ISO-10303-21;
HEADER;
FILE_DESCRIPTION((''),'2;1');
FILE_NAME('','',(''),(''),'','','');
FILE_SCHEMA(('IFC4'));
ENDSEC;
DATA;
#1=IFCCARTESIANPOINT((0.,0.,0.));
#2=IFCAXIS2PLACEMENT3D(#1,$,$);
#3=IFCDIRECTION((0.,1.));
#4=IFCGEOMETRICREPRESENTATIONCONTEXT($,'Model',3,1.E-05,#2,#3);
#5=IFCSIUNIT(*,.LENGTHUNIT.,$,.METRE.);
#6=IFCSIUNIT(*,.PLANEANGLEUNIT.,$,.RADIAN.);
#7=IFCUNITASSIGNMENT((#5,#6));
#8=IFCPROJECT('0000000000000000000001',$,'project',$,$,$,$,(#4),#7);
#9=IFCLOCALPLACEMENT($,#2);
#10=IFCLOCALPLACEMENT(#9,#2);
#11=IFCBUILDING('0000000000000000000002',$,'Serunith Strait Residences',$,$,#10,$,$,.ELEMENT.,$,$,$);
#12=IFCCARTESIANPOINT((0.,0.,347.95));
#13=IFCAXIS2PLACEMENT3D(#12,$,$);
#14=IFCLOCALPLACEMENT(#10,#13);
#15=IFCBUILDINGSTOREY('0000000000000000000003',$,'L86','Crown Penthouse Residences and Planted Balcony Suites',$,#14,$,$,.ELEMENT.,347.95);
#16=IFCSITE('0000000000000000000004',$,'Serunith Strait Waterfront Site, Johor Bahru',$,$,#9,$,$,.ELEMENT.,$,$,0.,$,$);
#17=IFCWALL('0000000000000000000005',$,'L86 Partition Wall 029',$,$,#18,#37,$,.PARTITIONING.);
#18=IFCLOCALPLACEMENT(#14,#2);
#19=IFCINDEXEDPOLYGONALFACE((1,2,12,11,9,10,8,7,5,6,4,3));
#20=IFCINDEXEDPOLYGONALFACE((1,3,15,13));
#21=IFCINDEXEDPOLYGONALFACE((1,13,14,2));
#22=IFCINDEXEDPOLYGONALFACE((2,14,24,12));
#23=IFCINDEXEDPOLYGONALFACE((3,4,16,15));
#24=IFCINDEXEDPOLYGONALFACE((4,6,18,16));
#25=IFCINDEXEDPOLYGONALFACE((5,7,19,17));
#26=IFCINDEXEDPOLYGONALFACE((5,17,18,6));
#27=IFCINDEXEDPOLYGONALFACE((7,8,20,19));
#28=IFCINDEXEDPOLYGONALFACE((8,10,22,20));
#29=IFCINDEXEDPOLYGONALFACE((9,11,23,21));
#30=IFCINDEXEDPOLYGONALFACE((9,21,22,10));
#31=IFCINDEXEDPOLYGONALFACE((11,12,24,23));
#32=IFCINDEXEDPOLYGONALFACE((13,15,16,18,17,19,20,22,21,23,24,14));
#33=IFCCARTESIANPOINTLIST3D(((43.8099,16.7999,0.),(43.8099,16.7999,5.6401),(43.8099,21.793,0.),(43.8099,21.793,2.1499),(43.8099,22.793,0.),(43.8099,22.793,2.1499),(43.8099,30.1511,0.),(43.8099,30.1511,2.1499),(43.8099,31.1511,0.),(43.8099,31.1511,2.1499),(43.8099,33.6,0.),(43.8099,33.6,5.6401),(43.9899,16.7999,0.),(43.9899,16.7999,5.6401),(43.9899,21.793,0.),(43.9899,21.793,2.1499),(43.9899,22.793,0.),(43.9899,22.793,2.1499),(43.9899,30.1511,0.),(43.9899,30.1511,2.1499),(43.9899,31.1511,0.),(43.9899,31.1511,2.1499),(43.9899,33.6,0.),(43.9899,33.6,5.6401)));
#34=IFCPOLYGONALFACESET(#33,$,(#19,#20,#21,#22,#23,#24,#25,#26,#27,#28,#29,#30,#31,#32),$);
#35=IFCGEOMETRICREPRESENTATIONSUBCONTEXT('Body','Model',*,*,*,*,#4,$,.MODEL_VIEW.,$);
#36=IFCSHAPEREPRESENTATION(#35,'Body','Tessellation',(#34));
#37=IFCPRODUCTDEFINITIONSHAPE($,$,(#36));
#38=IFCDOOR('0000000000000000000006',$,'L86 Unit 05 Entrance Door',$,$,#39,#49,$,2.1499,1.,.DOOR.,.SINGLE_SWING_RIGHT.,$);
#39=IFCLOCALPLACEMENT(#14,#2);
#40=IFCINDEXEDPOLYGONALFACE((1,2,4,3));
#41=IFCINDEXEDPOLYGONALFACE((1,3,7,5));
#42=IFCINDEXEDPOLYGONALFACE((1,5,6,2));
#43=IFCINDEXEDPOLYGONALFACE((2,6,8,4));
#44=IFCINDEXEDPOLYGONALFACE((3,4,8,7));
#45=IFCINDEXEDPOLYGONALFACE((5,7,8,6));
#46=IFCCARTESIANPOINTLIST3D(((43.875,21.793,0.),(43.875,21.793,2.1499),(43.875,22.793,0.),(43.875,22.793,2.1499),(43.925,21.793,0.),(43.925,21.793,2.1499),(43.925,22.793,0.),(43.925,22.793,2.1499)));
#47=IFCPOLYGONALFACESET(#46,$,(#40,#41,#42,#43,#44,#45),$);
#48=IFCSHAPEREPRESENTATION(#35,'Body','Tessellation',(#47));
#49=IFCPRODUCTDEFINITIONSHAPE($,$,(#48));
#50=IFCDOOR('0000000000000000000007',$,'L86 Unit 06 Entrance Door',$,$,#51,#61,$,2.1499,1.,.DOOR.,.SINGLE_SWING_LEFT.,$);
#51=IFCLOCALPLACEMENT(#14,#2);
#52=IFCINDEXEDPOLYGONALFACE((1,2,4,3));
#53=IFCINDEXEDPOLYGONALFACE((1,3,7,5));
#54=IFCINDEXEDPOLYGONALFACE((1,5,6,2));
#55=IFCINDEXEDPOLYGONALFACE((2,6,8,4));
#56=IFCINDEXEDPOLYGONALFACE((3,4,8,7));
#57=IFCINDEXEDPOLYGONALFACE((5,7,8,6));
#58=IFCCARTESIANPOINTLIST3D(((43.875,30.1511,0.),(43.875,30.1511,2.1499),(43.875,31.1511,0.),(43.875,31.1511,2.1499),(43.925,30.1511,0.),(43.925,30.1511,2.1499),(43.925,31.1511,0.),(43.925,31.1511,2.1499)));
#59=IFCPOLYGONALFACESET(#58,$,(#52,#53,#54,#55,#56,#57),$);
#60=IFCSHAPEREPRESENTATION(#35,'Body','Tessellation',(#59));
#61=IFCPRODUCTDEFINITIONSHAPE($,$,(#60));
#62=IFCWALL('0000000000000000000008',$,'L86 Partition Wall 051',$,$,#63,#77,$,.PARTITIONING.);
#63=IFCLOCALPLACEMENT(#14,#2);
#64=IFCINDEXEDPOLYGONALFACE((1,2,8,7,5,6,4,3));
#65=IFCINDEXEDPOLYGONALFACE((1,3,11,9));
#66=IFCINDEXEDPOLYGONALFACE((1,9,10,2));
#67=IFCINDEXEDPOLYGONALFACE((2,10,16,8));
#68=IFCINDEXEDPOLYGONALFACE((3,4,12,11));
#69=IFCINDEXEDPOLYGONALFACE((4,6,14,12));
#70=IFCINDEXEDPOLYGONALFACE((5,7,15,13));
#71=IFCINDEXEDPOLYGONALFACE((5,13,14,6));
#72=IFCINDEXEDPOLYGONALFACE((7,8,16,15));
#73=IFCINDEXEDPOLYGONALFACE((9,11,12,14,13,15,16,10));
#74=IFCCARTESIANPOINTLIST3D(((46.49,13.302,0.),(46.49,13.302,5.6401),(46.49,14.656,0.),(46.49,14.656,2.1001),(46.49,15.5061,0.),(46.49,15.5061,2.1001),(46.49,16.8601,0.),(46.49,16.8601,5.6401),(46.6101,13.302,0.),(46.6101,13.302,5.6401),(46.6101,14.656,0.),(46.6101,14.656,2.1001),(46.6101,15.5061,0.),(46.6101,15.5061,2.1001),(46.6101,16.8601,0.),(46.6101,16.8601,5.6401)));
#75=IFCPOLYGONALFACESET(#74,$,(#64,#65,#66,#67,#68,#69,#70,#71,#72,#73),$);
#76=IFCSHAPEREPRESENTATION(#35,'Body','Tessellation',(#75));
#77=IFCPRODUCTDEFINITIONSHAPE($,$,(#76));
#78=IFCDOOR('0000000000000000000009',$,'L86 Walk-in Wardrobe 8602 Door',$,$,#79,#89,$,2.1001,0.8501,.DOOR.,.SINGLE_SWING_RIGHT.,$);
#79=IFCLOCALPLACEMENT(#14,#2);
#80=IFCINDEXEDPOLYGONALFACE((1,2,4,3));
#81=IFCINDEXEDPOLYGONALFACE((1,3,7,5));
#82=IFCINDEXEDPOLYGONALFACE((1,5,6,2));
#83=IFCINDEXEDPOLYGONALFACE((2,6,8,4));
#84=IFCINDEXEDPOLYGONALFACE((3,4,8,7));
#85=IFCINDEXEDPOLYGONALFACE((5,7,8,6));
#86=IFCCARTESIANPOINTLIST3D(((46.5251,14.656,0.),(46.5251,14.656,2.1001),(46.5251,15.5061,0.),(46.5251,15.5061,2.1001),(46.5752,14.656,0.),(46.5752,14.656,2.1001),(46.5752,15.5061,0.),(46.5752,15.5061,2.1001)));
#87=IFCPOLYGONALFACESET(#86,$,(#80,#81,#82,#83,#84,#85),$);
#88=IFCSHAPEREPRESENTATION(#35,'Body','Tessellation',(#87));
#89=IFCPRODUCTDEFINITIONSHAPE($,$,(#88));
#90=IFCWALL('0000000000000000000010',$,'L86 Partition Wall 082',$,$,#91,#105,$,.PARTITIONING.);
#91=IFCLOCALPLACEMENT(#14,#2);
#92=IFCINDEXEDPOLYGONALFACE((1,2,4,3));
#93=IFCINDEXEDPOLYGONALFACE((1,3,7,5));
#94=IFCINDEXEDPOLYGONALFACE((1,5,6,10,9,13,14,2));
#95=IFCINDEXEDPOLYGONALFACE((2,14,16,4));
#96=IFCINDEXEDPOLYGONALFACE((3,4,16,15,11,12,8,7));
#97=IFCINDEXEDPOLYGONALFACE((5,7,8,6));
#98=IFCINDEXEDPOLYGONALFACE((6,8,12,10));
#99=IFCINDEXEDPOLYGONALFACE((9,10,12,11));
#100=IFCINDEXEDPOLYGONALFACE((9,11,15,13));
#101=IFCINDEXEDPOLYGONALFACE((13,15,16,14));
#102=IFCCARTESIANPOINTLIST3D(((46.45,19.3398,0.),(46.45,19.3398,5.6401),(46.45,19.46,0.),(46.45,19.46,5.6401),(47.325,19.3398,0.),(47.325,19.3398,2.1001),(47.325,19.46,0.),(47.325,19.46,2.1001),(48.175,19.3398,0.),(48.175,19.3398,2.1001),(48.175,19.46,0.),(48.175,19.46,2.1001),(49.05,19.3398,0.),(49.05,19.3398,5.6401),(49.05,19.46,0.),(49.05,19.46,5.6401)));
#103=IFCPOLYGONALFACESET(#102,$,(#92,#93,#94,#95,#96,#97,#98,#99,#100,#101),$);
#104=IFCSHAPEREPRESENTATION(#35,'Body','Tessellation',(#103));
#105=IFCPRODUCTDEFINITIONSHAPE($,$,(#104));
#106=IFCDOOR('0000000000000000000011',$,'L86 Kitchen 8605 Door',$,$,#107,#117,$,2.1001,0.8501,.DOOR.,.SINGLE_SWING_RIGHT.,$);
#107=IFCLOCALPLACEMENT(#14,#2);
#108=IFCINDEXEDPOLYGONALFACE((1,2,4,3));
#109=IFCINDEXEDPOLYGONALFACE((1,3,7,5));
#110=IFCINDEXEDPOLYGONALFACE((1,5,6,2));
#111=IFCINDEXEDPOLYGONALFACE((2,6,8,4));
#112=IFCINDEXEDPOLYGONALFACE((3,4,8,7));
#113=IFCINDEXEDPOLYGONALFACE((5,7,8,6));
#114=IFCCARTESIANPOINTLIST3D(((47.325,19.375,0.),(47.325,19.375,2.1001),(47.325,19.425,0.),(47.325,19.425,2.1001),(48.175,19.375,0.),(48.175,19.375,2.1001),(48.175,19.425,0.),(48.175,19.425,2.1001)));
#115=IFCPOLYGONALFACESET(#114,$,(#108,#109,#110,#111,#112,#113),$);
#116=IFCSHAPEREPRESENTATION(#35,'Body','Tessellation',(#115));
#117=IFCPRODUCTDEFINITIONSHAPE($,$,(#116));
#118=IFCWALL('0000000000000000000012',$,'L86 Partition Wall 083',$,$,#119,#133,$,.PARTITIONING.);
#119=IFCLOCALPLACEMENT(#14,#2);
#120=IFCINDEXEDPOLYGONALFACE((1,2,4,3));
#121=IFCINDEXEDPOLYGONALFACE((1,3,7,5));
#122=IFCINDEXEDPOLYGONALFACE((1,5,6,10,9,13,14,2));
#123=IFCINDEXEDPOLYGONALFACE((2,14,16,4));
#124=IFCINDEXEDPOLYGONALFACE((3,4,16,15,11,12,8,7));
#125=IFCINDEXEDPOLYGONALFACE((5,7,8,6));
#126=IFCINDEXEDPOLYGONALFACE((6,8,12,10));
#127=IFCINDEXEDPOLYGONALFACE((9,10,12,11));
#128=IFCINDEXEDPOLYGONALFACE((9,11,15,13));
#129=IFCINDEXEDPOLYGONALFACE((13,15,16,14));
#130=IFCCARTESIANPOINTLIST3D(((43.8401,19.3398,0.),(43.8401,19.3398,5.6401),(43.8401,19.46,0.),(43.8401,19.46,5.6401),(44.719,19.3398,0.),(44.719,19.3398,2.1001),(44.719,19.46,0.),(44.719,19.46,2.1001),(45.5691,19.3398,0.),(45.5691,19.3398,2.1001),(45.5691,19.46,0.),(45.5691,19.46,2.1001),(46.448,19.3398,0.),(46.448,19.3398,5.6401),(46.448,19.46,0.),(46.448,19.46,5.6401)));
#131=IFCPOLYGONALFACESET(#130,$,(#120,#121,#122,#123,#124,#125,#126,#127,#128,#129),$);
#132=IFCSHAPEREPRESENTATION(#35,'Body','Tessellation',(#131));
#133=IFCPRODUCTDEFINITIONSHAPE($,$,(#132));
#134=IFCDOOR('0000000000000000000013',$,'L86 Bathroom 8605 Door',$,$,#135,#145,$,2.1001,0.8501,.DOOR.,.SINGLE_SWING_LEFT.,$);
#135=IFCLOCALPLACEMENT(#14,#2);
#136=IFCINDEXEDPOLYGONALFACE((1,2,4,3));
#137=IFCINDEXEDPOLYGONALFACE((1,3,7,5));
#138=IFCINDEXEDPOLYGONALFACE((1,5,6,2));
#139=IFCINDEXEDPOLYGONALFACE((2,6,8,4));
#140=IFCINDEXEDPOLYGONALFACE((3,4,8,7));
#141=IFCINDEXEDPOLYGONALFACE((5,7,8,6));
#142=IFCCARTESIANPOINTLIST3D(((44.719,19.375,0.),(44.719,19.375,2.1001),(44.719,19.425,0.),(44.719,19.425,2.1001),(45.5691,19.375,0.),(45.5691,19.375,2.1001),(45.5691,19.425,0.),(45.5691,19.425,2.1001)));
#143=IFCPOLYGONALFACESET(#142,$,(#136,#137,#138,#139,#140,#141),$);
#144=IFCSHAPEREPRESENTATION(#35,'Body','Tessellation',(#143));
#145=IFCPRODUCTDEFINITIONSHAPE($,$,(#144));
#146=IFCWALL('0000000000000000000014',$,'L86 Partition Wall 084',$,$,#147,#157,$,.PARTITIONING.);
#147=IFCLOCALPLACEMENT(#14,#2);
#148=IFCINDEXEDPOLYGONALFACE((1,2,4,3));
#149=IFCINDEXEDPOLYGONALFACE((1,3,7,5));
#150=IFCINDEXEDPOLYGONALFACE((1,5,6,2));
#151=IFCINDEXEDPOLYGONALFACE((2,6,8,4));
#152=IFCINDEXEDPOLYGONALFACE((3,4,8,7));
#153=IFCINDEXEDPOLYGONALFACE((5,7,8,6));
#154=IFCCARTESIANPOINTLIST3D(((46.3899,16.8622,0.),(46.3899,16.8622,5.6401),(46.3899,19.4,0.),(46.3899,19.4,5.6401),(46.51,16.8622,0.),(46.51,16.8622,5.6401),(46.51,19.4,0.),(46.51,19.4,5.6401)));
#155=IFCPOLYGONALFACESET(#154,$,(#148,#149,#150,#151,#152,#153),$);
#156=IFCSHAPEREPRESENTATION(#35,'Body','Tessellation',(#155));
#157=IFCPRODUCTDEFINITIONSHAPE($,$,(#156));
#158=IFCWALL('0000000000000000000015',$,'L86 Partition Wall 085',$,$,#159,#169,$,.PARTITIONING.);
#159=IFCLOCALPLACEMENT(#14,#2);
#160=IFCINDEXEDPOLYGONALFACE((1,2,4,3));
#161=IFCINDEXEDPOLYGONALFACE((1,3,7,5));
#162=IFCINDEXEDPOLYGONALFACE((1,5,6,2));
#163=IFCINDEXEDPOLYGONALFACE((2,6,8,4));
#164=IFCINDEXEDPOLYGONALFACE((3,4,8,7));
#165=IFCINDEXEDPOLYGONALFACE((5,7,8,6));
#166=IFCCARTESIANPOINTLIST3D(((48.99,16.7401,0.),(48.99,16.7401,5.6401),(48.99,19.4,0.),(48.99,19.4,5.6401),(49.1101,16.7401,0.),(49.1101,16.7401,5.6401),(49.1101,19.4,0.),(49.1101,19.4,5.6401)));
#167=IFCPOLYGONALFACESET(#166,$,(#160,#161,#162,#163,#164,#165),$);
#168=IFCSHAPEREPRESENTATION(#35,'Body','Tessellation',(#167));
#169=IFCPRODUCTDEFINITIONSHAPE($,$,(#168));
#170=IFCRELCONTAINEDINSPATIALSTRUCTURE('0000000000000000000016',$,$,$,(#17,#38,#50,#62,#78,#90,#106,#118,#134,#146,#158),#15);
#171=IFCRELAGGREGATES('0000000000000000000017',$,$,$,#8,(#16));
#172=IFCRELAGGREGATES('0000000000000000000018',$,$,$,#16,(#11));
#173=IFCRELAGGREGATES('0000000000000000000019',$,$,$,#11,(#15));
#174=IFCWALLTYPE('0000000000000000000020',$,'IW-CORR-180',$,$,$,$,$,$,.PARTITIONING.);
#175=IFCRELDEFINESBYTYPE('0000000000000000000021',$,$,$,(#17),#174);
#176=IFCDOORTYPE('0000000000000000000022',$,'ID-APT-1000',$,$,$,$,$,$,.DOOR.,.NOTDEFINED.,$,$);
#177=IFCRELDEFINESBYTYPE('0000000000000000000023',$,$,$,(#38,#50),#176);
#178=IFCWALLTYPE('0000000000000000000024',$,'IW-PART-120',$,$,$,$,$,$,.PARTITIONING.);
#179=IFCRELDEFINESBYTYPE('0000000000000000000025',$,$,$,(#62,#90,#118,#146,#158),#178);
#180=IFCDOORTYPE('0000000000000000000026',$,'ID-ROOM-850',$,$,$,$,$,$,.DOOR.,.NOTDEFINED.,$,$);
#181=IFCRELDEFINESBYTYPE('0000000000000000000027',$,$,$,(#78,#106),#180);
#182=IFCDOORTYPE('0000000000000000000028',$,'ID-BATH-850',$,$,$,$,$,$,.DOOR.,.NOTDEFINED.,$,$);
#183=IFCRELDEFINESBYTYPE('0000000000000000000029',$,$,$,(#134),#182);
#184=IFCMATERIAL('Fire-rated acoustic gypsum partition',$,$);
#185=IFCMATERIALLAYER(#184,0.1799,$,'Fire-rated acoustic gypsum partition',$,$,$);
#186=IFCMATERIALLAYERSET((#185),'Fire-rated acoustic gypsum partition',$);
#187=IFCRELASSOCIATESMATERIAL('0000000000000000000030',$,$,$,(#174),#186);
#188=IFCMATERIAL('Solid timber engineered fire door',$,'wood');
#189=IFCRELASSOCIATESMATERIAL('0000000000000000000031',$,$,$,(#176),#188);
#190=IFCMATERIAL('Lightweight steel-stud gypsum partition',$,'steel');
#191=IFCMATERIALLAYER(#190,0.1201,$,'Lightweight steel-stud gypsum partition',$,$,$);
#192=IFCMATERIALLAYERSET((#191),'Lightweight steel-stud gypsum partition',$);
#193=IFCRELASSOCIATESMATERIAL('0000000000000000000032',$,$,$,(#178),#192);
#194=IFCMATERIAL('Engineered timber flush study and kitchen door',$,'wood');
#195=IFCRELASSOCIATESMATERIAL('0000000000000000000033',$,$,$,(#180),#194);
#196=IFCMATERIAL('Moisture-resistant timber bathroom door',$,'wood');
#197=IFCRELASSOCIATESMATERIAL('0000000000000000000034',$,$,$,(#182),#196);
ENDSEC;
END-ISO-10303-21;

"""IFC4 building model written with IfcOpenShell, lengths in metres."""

from ifc_helpers import new_model, si_unit, direction, frame, frame_2d, origin, place, context, subcontext, project, spatial, rectangle, extrude, source, transform, mapped, material, layer, layer_set, type_object, element, fill, save


model = new_model("IFC4")

# Units and contexts
model_context = context("Model", 3, precision=1e-05, world=origin(), true_north=direction((0.0, 1.0)))
body_context = subcontext(model_context, "Body", "Model", "MODEL_VIEW")
ifc_project = project(units=[si_unit("LENGTHUNIT", "METRE"), si_unit("PLANEANGLEUNIT", "RADIAN")], contexts=[model_context])

# Site, building, storey
site_placement = place(None, origin())
site = spatial("IfcSite", under=ifc_project, at=site_placement, Name="Serunith Strait Waterfront Site, Johor Bahru", CompositionType="ELEMENT", RefElevation=0.0)
building_placement = place(site_placement, origin())
building = spatial("IfcBuilding", under=site, at=building_placement, Name="Serunith Strait Residences", CompositionType="ELEMENT")
storey_placement = place(building_placement, frame((0.0, 0.0, 347.95)))
storey = spatial("IfcBuildingStorey", under=building, at=storey_placement, Name="L86", Description="Crown Penthouse Residences and Planted Balcony Suites", CompositionType="ELEMENT", Elevation=347.95)

# Wall, openings, doors
ifc_material_1 = material(Name="Fire-rated acoustic gypsum partition")
ifc_layer_1 = layer(ifc_material_1, 0.1799, Name="Fire-rated acoustic gypsum partition")
ifc_layer_set_1 = layer_set([ifc_layer_1], Name="Fire-rated acoustic gypsum partition")
wall_type_1 = type_object("IfcWallType", Name="IW-CORR-180", PredefinedType="PARTITIONING", material=ifc_layer_set_1)
wall_1_placement = place(storey_placement, frame((43.8999, 16.8, 0.0), z_axis=(0.0, 0.0, 1.0), x_axis=(0.0, 1.0, 0.0)))
wall_1 = element("IfcWall", 1, at=wall_1_placement, inside=storey, type_object=wall_type_1, Name="L86 Partition Wall 029", PredefinedType="PARTITIONING", context=body_context, shape_type="SweptSolid", body=[
    extrude(rectangle(XDim=16.8, YDim=0.1799, at=frame_2d((8.3999, 0.0))), origin(), (0.0, 0.0, 1.0), 5.6401),
])
opening_1_placement = place(wall_1_placement, frame((4.9929, 0.0, 0.0)))
opening_1 = element("IfcOpeningElement", 2, at=opening_1_placement, cuts=wall_1, PredefinedType="OPENING", context=body_context, shape_type="SweptSolid", body=[
    extrude(rectangle(XDim=1.0, YDim=2.1499, at=frame_2d((0.5, 1.075))), frame((0.0, 0.1001, 0.0), z_axis=(0.0, -1.0, 0.0), x_axis=(1.0, 0.0, 0.0)), (0.0, 0.0, 1.0), 0.2),
])
opening_2_placement = place(wall_1_placement, frame((13.3511, 0.0, 0.0)))
opening_2 = element("IfcOpeningElement", 3, at=opening_2_placement, cuts=wall_1, PredefinedType="OPENING", context=body_context, shape_type="SweptSolid", body=[
    extrude(rectangle(XDim=1.0, YDim=2.1499, at=frame_2d((0.5, 1.075))), frame((0.0, 0.1001, 0.0), z_axis=(0.0, -1.0, 0.0), x_axis=(1.0, 0.0, 0.0)), (0.0, 0.0, 1.0), 0.2),
])
ifc_material_2 = material(Name="Solid timber engineered fire door", Category="wood")
door_type_1 = type_object("IfcDoorType", Name="ID-APT-1000", OperationType="NOTDEFINED", PredefinedType="DOOR", material=ifc_material_2)
shared_shape_1 = source(origin(), body_context, "Body", "SweptSolid", [
    extrude(rectangle(XDim=1.0, YDim=2.1499, at=frame_2d((0.5, 1.075))), frame((0.0, 0.0249, 0.0), z_axis=(0.0, -1.0, 0.0), x_axis=(1.0, 0.0, 0.0)), (0.0, 0.0, 1.0), 0.05),
])
door_1_placement = place(opening_1_placement, origin())
door_1 = element("IfcDoor", 4, at=door_1_placement, inside=storey, type_object=door_type_1, Name="L86 Unit 05 Entrance Door", OperationType="SINGLE_SWING_RIGHT", OverallHeight=2.1499, OverallWidth=1.0, PredefinedType="DOOR", context=body_context, shape_type="MappedRepresentation", body=[
    mapped(shared_shape_1, transform((0.0, 0.0, 0.0), scale=1.0)),
])
fill(opening_1, door_1)
door_2_placement = place(opening_2_placement, origin())
door_2 = element("IfcDoor", 5, at=door_2_placement, inside=storey, type_object=door_type_1, Name="L86 Unit 06 Entrance Door", OperationType="SINGLE_SWING_LEFT", OverallHeight=2.1499, OverallWidth=1.0, PredefinedType="DOOR", context=body_context, shape_type="MappedRepresentation", body=[
    mapped(shared_shape_1, transform((0.0, 0.0, 0.0), scale=1.0)),
])
fill(opening_2, door_2)

# Walls, openings, doors
ifc_material_3 = material(Name="Lightweight steel-stud gypsum partition", Category="steel")
ifc_layer_2 = layer(ifc_material_3, 0.1201, Name="Lightweight steel-stud gypsum partition")
ifc_layer_set_2 = layer_set([ifc_layer_2], Name="Lightweight steel-stud gypsum partition")
wall_type_2 = type_object("IfcWallType", Name="IW-PART-120", PredefinedType="PARTITIONING", material=ifc_layer_set_2)
wall_2_placement = place(storey_placement, frame((46.55, 13.302, 0.0), z_axis=(0.0, 0.0, 1.0), x_axis=(0.0, 1.0, 0.0)))
wall_2 = element("IfcWall", 6, at=wall_2_placement, inside=storey, type_object=wall_type_2, Name="L86 Partition Wall 051", PredefinedType="PARTITIONING", context=body_context, shape_type="SweptSolid", body=[
    extrude(rectangle(XDim=3.5581, YDim=0.1201, at=frame_2d((1.7791, 0.0))), origin(), (0.0, 0.0, 1.0), 5.6401),
])
opening_3_placement = place(wall_2_placement, frame((1.354, 0.0, 0.0)))
opening_3 = element("IfcOpeningElement", 7, at=opening_3_placement, cuts=wall_2, PredefinedType="OPENING", context=body_context, shape_type="SweptSolid", body=[
    extrude(rectangle(XDim=0.8501, YDim=2.1001, at=frame_2d((0.425, 1.05))), frame((0.0, 0.0701, 0.0), z_axis=(0.0, -1.0, 0.0), x_axis=(1.0, 0.0, 0.0)), (0.0, 0.0, 1.0), 0.1401),
])
ifc_material_4 = material(Name="Engineered timber flush study and kitchen door", Category="wood")
door_type_2 = type_object("IfcDoorType", Name="ID-ROOM-850", OperationType="NOTDEFINED", PredefinedType="DOOR", material=ifc_material_4)
shared_shape_2 = source(origin(), body_context, "Body", "SweptSolid", [
    extrude(rectangle(XDim=0.8501, YDim=2.1001, at=frame_2d((0.425, 1.05))), frame((0.0, 0.0249, 0.0), z_axis=(0.0, -1.0, 0.0), x_axis=(1.0, 0.0, 0.0)), (0.0, 0.0, 1.0), 0.05),
])
door_3_placement = place(opening_3_placement, origin())
door_3 = element("IfcDoor", 8, at=door_3_placement, inside=storey, type_object=door_type_2, Name="L86 Walk-in Wardrobe 8602 Door", OperationType="SINGLE_SWING_RIGHT", OverallHeight=2.1001, OverallWidth=0.8501, PredefinedType="DOOR", context=body_context, shape_type="MappedRepresentation", body=[
    mapped(shared_shape_2, transform((0.0, 0.0, 0.0), scale=1.0)),
])
fill(opening_3, door_3)
wall_3_placement = place(storey_placement, frame((49.05, 19.3999, 0.0), z_axis=(0.0, 0.0, 1.0), x_axis=(-1.0, 0.0, 0.0)))
wall_3 = element("IfcWall", 9, at=wall_3_placement, inside=storey, type_object=wall_type_2, Name="L86 Partition Wall 082", PredefinedType="PARTITIONING", context=body_context, shape_type="SweptSolid", body=[
    extrude(rectangle(XDim=2.6001, YDim=0.1201, at=frame_2d((1.3, 0.0))), origin(), (0.0, 0.0, 1.0), 5.6401),
])
opening_4_placement = place(wall_3_placement, frame((0.875, 0.0, 0.0)))
opening_4 = element("IfcOpeningElement", 10, at=opening_4_placement, cuts=wall_3, PredefinedType="OPENING", context=body_context, shape_type="SweptSolid", body=[
    extrude(rectangle(XDim=0.8501, YDim=2.1001, at=frame_2d((0.425, 1.05))), frame((0.0, 0.0701, 0.0), z_axis=(0.0, -1.0, 0.0), x_axis=(1.0, 0.0, 0.0)), (0.0, 0.0, 1.0), 0.1401),
])
door_4_placement = place(opening_4_placement, origin())
door_4 = element("IfcDoor", 11, at=door_4_placement, inside=storey, type_object=door_type_2, Name="L86 Kitchen 8605 Door", OperationType="SINGLE_SWING_RIGHT", OverallHeight=2.1001, OverallWidth=0.8501, PredefinedType="DOOR", context=body_context, shape_type="MappedRepresentation", body=[
    mapped(shared_shape_2, transform((0.0, 0.0, 0.0), scale=1.0)),
])
fill(opening_4, door_4)
wall_4_placement = place(storey_placement, frame((46.448, 19.3999, 0.0), z_axis=(0.0, 0.0, 1.0), x_axis=(-1.0, 0.0, 0.0)))
wall_4 = element("IfcWall", 12, at=wall_4_placement, inside=storey, type_object=wall_type_2, Name="L86 Partition Wall 083", PredefinedType="PARTITIONING", context=body_context, shape_type="SweptSolid", body=[
    extrude(rectangle(XDim=2.6079, YDim=0.1201, at=frame_2d((1.304, 0.0))), origin(), (0.0, 0.0, 1.0), 5.6401),
])
opening_5_placement = place(wall_4_placement, frame((0.8789, 0.0, 0.0)))
opening_5 = element("IfcOpeningElement", 13, at=opening_5_placement, cuts=wall_4, PredefinedType="OPENING", context=body_context, shape_type="SweptSolid", body=[
    extrude(rectangle(XDim=0.8501, YDim=2.1001, at=frame_2d((0.425, 1.05))), frame((0.0, 0.0701, 0.0), z_axis=(0.0, -1.0, 0.0), x_axis=(1.0, 0.0, 0.0)), (0.0, 0.0, 1.0), 0.1401),
])
ifc_material_5 = material(Name="Moisture-resistant timber bathroom door", Category="wood")
door_type_3 = type_object("IfcDoorType", Name="ID-BATH-850", OperationType="NOTDEFINED", PredefinedType="DOOR", material=ifc_material_5)
door_5_placement = place(opening_5_placement, origin())
door_5 = element("IfcDoor", 14, at=door_5_placement, inside=storey, type_object=door_type_3, Name="L86 Bathroom 8605 Door", OperationType="SINGLE_SWING_LEFT", OverallHeight=2.1001, OverallWidth=0.8501, PredefinedType="DOOR", context=body_context, shape_type="MappedRepresentation", body=[
    mapped(shared_shape_2, transform((0.0, 0.0, 0.0), scale=1.0)),
])
fill(opening_5, door_5)

# Walls
wall_5_placement = place(storey_placement, frame((46.45, 16.8621, 0.0), z_axis=(0.0, 0.0, 1.0), x_axis=(0.0, 1.0, 0.0)))
element("IfcWall", 15, at=wall_5_placement, inside=storey, type_object=wall_type_2, Name="L86 Partition Wall 084", PredefinedType="PARTITIONING", context=body_context, shape_type="SweptSolid", body=[
    extrude(rectangle(XDim=2.5378, YDim=0.1201, at=frame_2d((1.269, 0.0))), origin(), (0.0, 0.0, 1.0), 5.6401),
])
wall_6_placement = place(storey_placement, frame((49.05, 16.74, 0.0), z_axis=(0.0, 0.0, 1.0), x_axis=(0.0, 1.0, 0.0)))
element("IfcWall", 16, at=wall_6_placement, inside=storey, type_object=wall_type_2, Name="L86 Partition Wall 085", PredefinedType="PARTITIONING", context=body_context, shape_type="SweptSolid", body=[
    extrude(rectangle(XDim=2.6599, YDim=0.1201, at=frame_2d((1.3301, 0.0))), origin(), (0.0, 0.0, 1.0), 5.6401),
])

save(model, "model.ifc")
